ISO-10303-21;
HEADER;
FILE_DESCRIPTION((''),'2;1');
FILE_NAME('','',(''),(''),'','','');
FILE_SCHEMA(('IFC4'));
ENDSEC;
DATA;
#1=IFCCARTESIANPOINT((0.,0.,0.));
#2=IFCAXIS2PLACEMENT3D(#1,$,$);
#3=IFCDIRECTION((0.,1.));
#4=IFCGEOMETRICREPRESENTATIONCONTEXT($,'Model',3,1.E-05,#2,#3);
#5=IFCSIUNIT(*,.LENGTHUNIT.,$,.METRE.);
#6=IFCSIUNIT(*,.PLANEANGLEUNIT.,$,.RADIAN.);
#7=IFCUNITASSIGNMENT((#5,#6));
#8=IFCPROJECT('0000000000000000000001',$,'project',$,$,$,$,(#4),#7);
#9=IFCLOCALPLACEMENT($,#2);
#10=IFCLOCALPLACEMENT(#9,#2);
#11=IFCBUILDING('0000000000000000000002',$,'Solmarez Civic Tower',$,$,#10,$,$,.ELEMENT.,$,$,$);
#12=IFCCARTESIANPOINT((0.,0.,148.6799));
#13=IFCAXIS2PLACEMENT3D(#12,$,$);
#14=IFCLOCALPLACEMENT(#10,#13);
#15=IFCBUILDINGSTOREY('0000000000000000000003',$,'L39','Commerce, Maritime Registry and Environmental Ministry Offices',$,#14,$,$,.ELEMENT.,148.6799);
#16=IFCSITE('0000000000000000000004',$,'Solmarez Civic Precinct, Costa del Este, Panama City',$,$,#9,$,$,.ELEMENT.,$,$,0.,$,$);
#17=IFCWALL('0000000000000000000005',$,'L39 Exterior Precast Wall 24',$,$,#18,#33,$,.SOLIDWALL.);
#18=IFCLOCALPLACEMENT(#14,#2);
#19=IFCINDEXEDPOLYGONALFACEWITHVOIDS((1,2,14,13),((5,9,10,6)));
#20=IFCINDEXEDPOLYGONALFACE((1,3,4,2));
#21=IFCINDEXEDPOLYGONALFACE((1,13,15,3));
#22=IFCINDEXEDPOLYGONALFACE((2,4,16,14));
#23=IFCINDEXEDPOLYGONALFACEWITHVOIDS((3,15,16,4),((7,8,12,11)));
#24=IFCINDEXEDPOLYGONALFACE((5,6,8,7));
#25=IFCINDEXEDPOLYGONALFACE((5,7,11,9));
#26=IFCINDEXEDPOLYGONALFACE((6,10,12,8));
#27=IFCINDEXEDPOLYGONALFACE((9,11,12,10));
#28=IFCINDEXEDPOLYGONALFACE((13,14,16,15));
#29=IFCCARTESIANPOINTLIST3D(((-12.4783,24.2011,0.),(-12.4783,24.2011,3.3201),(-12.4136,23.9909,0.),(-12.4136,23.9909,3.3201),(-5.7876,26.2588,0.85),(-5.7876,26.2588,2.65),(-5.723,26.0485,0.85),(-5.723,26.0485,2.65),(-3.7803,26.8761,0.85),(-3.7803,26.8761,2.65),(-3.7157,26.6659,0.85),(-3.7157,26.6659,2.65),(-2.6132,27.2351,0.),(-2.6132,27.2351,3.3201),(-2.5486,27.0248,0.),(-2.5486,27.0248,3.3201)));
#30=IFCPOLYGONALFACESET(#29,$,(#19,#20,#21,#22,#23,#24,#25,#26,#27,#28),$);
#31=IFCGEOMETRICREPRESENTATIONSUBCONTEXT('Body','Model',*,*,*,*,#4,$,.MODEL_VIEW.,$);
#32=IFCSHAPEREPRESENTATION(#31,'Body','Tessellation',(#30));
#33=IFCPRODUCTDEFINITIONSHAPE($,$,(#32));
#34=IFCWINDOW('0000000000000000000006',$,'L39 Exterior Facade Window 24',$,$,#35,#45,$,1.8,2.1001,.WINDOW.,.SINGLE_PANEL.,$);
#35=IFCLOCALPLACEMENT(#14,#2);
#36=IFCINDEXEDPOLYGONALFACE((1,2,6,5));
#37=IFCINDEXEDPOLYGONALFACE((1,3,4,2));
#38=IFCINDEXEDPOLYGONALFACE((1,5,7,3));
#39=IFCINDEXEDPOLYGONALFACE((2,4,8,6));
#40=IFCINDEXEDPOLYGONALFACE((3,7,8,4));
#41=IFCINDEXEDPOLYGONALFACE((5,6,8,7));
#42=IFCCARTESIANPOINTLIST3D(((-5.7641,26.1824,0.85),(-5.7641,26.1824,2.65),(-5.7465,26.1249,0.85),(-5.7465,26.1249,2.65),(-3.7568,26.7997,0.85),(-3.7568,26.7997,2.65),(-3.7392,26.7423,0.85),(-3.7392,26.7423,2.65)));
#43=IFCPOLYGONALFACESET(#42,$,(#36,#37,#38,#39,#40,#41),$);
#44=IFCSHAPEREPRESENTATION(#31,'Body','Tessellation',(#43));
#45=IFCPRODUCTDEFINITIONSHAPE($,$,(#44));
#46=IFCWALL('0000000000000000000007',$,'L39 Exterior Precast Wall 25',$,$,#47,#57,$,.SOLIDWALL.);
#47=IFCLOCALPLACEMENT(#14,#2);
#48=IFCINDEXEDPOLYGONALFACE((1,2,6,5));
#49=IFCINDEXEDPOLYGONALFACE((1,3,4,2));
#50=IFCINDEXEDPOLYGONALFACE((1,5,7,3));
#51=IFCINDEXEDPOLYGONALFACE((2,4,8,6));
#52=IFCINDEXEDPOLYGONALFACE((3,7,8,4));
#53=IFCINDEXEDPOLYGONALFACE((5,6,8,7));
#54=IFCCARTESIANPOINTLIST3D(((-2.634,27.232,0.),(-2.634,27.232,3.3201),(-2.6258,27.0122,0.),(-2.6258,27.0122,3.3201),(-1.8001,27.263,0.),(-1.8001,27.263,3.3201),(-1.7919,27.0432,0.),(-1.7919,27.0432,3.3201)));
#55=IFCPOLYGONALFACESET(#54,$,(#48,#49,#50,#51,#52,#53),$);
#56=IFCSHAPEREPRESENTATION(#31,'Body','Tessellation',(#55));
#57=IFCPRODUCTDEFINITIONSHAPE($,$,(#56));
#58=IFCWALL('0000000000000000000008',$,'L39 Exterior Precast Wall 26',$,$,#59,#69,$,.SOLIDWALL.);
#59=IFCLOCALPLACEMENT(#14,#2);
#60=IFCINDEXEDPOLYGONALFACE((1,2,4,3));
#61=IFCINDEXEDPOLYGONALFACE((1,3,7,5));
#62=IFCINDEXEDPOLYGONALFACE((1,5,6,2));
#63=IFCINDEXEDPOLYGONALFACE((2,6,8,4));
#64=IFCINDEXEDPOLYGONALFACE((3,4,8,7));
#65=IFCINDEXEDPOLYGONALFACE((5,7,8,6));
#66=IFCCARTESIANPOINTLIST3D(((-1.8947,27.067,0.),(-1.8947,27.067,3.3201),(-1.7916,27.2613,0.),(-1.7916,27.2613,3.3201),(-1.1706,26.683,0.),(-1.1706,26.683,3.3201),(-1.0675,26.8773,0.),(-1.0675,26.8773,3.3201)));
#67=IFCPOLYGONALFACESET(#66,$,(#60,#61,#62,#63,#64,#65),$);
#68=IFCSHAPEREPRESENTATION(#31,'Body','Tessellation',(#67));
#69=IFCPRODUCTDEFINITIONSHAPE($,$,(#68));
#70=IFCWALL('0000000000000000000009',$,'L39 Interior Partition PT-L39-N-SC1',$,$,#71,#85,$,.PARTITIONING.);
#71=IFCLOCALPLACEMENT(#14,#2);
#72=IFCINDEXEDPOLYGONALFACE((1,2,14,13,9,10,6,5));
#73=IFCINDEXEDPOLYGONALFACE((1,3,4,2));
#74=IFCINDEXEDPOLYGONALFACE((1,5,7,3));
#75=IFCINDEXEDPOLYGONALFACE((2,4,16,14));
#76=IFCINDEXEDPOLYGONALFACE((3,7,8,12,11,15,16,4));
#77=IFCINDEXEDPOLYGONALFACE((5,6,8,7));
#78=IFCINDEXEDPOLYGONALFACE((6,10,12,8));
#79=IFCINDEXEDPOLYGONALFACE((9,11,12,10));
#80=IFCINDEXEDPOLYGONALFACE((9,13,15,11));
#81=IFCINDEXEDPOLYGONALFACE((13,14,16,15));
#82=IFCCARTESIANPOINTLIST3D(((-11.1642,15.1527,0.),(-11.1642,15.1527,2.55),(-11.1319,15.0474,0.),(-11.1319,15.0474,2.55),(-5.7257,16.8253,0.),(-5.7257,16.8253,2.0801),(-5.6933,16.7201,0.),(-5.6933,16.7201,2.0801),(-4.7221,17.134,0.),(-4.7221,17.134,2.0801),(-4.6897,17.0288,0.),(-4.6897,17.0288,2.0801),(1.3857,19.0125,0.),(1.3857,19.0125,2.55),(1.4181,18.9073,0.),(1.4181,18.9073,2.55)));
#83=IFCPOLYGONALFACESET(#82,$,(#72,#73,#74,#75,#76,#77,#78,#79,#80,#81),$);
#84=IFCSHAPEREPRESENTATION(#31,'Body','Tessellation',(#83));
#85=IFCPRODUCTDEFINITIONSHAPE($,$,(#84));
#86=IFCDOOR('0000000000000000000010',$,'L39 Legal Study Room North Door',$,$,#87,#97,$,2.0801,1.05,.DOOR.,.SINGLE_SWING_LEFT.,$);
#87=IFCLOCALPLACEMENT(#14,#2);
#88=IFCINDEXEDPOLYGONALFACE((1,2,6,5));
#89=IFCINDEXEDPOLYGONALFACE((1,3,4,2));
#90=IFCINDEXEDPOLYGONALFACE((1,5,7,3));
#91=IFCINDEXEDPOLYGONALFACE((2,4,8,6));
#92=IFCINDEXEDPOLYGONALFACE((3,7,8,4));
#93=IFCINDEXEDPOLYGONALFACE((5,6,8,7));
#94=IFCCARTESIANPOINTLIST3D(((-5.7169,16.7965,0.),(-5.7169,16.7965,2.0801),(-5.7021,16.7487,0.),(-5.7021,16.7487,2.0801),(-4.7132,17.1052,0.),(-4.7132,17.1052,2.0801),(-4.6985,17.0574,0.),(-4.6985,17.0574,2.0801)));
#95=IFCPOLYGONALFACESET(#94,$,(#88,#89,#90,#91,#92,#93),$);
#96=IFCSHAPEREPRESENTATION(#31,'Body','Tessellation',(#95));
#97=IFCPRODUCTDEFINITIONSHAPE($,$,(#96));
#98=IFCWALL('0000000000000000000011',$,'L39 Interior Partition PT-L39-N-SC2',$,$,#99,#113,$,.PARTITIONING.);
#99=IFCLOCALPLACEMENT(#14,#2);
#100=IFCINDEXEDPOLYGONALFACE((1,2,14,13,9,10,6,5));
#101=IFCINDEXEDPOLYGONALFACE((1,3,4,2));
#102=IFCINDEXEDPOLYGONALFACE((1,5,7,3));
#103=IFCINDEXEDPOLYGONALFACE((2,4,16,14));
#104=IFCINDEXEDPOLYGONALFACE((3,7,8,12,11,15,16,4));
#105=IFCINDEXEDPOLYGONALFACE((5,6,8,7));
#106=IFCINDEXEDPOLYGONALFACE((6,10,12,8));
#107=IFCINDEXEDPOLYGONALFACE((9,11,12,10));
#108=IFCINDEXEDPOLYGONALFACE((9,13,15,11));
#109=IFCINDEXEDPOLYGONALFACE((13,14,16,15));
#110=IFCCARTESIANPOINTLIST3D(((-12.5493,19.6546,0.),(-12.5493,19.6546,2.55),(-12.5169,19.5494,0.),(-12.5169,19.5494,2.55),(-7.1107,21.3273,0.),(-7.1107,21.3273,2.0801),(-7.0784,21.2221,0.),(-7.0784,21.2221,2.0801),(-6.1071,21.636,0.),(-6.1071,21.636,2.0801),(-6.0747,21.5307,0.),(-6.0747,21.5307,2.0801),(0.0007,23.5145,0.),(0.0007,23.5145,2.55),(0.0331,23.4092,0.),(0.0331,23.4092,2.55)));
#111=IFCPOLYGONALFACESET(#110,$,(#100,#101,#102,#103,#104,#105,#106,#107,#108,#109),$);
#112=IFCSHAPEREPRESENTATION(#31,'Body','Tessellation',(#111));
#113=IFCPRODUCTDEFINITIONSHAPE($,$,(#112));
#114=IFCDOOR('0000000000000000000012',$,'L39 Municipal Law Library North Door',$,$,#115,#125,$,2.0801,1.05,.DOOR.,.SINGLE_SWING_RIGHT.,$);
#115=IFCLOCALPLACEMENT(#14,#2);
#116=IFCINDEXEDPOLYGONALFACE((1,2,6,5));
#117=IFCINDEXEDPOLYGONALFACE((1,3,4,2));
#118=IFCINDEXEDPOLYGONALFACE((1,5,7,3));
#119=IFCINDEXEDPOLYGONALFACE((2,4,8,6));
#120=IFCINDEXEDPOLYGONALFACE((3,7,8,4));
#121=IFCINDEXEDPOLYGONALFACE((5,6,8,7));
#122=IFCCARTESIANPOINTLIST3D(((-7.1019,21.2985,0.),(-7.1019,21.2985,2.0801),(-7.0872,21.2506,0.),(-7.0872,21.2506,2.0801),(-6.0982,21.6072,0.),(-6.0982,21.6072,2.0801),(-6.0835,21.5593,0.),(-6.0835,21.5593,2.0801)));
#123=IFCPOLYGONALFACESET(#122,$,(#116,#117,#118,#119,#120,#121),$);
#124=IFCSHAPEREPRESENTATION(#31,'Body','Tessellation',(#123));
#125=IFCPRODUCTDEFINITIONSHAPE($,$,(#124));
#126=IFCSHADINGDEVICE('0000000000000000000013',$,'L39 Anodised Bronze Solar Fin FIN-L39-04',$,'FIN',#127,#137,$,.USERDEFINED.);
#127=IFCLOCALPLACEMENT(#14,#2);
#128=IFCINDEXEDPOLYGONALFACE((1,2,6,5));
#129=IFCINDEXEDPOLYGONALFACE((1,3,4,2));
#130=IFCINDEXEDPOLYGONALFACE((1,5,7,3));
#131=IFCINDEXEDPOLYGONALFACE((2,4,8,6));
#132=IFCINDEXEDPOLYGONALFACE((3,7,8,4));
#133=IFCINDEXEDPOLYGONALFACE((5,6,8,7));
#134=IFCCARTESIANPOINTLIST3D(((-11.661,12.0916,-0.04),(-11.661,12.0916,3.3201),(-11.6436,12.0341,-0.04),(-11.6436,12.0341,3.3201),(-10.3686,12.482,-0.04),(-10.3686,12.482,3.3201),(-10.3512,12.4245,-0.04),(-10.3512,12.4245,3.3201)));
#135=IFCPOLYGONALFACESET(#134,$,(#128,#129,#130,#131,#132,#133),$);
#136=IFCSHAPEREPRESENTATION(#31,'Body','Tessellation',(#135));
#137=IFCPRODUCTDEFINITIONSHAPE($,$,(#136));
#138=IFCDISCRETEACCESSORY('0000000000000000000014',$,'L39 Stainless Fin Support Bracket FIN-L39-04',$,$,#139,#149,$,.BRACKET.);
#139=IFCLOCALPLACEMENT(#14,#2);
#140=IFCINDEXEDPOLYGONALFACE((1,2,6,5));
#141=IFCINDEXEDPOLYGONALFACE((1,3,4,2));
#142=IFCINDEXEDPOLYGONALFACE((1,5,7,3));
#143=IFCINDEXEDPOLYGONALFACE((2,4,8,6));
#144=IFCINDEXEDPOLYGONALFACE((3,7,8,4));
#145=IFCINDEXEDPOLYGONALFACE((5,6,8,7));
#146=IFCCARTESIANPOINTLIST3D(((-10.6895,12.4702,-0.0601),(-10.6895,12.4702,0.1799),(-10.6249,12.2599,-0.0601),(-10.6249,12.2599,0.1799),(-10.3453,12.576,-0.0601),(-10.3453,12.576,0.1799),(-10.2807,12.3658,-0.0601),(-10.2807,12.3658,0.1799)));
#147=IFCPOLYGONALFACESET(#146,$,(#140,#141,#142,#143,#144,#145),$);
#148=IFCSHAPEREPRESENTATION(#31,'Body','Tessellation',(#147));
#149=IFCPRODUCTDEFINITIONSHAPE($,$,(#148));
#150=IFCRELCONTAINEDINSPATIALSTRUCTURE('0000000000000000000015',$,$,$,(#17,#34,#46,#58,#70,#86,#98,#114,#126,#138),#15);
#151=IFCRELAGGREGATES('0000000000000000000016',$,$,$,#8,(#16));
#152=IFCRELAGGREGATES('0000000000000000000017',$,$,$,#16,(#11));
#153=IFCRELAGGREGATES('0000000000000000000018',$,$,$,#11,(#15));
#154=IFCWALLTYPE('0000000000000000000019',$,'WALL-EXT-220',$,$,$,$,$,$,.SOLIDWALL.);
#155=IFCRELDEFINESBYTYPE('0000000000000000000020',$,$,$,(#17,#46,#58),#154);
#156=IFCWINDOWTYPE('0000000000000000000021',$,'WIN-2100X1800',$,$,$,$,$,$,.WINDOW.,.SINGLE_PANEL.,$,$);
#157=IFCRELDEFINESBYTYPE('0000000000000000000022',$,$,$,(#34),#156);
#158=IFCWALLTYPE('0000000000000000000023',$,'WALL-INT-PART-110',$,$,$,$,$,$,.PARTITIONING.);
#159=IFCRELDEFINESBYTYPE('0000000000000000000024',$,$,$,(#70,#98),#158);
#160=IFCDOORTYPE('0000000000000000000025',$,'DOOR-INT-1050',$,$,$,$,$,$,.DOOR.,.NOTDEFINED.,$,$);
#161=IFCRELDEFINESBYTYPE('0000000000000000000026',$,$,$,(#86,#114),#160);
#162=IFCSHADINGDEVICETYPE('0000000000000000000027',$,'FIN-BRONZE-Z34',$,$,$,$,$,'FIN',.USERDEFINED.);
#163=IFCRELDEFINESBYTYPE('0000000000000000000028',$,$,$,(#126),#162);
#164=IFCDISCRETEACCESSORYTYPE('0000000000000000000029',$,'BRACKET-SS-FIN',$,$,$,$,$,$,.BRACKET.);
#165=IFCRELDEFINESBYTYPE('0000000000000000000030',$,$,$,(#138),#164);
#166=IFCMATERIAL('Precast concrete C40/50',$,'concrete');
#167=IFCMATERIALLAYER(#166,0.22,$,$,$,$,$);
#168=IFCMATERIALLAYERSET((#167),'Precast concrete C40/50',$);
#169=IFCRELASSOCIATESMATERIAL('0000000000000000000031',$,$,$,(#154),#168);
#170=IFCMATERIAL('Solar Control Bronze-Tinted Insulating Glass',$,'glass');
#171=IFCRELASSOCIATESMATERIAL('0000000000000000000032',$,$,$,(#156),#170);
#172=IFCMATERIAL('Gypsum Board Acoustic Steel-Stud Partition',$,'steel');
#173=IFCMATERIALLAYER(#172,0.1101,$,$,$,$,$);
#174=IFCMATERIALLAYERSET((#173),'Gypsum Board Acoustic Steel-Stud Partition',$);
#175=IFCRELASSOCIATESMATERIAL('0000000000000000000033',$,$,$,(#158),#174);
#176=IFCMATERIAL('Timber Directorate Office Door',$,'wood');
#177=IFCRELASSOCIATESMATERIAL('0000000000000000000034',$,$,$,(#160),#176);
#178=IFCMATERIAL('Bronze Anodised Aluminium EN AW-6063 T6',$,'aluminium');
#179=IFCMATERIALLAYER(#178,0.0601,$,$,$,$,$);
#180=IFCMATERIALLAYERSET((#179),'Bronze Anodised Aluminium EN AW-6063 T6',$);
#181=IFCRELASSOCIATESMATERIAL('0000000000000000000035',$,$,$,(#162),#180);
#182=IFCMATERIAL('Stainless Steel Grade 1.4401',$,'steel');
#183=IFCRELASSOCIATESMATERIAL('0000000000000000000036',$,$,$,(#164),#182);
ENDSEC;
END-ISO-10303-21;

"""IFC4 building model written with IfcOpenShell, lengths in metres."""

from ifc_helpers import new_model, si_unit, direction, frame, frame_2d, origin, origin_2d, place, context, subcontext, project, spatial, rectangle, extrude, material, layer, layer_set, type_object, element, fill, save


model = new_model("IFC4")

# Units and contexts
model_context = context("Model", 3, precision=1e-05, world=origin(), true_north=direction((0.0, 1.0)))
body_context = subcontext(model_context, "Body", "Model", "MODEL_VIEW")
ifc_project = project(units=[si_unit("LENGTHUNIT", "METRE"), si_unit("PLANEANGLEUNIT", "RADIAN")], contexts=[model_context])

# Site, building, storey
site_placement = place(None, origin())
site = spatial("IfcSite", under=ifc_project, at=site_placement, Name="Solmarez Civic Precinct, Costa del Este, Panama City", CompositionType="ELEMENT", RefElevation=0.0)
building_placement = place(site_placement, origin())
building = spatial("IfcBuilding", under=site, at=building_placement, Name="Solmarez Civic Tower", CompositionType="ELEMENT")
storey_placement = place(building_placement, frame((0.0, 0.0, 148.6799)))
storey = spatial("IfcBuildingStorey", under=building, at=storey_placement, Name="L39", Description="Commerce, Maritime Registry and Environmental Ministry Offices", CompositionType="ELEMENT", Elevation=148.6799)

# Shared definitions
ifc_material_1 = material(Name="Precast concrete C40/50", Category="concrete")
ifc_layer_1 = layer(ifc_material_1, 0.22)
ifc_layer_set_1 = layer_set([ifc_layer_1], Name="Precast concrete C40/50")
wall_type_1 = type_object("IfcWallType", Name="WALL-EXT-220", PredefinedType="SOLIDWALL", material=ifc_layer_set_1)
ifc_material_2 = material(Name="Solar Control Bronze-Tinted Insulating Glass", Category="glass")

# Wall, opening, window
wall_1_placement = place(storey_placement, frame((-12.446, 24.0959, 0.0), z_axis=(0.0, 0.0, 1.0), x_axis=(0.955818, 0.293958, 0.0)))
wall_1 = element("IfcWall", 1, at=wall_1_placement, inside=storey, type_object=wall_type_1, Name="L39 Exterior Precast Wall 24", PredefinedType="SOLIDWALL", context=body_context, shape_type="SweptSolid", body=[
    extrude(rectangle(XDim=10.321, YDim=0.22, at=frame_2d((5.1606, 0.0))), origin(), (0.0, 0.0, 1.0), 3.3201),
])
opening_1_placement = place(wall_1_placement, frame((7.0, 0.0, 0.8501)))
opening_1 = element("IfcOpeningElement", 2, at=opening_1_placement, cuts=wall_1, PredefinedType="OPENING", context=body_context, shape_type="SweptSolid", body=[
    extrude(rectangle(XDim=2.1001, YDim=1.8, at=frame_2d((1.05, 0.8999))), frame((0.0, 0.1199, 0.0), z_axis=(0.0, -1.0, 0.0), x_axis=(1.0, 0.0, 0.0)), (0.0, 0.0, 1.0), 0.24),
])
window_type_1 = type_object("IfcWindowType", Name="WIN-2100X1800", PartitioningType="SINGLE_PANEL", PredefinedType="WINDOW", material=ifc_material_2)
window_1_placement = place(opening_1_placement, origin())
window_1 = element("IfcWindow", 3, at=window_1_placement, inside=storey, type_object=window_type_1, Name="L39 Exterior Facade Window 24", OverallHeight=1.8, OverallWidth=2.1001, PartitioningType="SINGLE_PANEL", PredefinedType="WINDOW", context=body_context, shape_type="SweptSolid", body=[
    extrude(rectangle(XDim=2.1001, YDim=1.8, at=frame_2d((1.05, 0.8999))), frame((0.0, 0.03, 0.0), z_axis=(0.0, -1.0, 0.0), x_axis=(1.0, 0.0, 0.0)), (0.0, 0.0, 1.0), 0.0601),
])
fill(opening_1, window_1)

# Walls
wall_2_placement = place(storey_placement, frame((-2.6299, 27.1221, 0.0), z_axis=(0.0, 0.0, 1.0), x_axis=(0.99931, 0.037152, 0.0)))
element("IfcWall", 4, at=wall_2_placement, inside=storey, type_object=wall_type_1, Name="L39 Exterior Precast Wall 25", PredefinedType="SOLIDWALL", context=body_context, shape_type="SweptSolid", body=[
    extrude(rectangle(XDim=0.8345, YDim=0.22, at=frame_2d((0.4172, 0.0))), origin(), (0.0, 0.0, 1.0), 3.3201),
])
wall_3_placement = place(storey_placement, frame((-1.843, 27.1641, 0.0), z_axis=(0.0, 0.0, 1.0), x_axis=(0.883447, -0.468531, 0.0)))
element("IfcWall", 5, at=wall_3_placement, inside=storey, type_object=wall_type_1, Name="L39 Exterior Precast Wall 26", PredefinedType="SOLIDWALL", context=body_context, shape_type="SweptSolid", body=[
    extrude(rectangle(XDim=0.8196, YDim=0.22, at=frame_2d((0.4097, 0.0))), origin(), (0.0, 0.0, 1.0), 3.3201),
])

# Walls, openings, doors
ifc_material_3 = material(Name="Gypsum Board Acoustic Steel-Stud Partition", Category="steel")
ifc_layer_2 = layer(ifc_material_3, 0.1101)
ifc_layer_set_2 = layer_set([ifc_layer_2], Name="Gypsum Board Acoustic Steel-Stud Partition")
wall_type_2 = type_object("IfcWallType", Name="WALL-INT-PART-110", PredefinedType="PARTITIONING", material=ifc_layer_set_2)
wall_4_placement = place(storey_placement, frame((-11.1479, 15.1001, 0.0), z_axis=(0.0, 0.0, 1.0), x_axis=(0.955815, 0.293968, 0.0)))
wall_4 = element("IfcWall", 6, at=wall_4_placement, inside=storey, type_object=wall_type_2, Name="L39 Interior Partition PT-L39-N-SC1", PredefinedType="PARTITIONING", context=body_context, shape_type="SweptSolid", body=[
    extrude(rectangle(XDim=13.1301, YDim=0.1101, at=frame_2d((6.5649, 0.0))), origin(), (0.0, 0.0, 1.0), 2.55),
])
opening_2_placement = place(wall_4_placement, frame((5.6899, 0.0, 0.0)))
opening_2 = element("IfcOpeningElement", 7, at=opening_2_placement, cuts=wall_4, PredefinedType="OPENING", context=body_context, shape_type="SweptSolid", body=[
    extrude(rectangle(XDim=1.05, YDim=2.0801, at=frame_2d((0.5249, 1.04))), frame((0.0, 0.0649, 0.0), z_axis=(0.0, -1.0, 0.0), x_axis=(1.0, 0.0, 0.0)), (0.0, 0.0, 1.0), 0.1301),
])
ifc_material_4 = material(Name="Timber Directorate Office Door", Category="wood")
door_type = type_object("IfcDoorType", Name="DOOR-INT-1050", OperationType="NOTDEFINED", PredefinedType="DOOR", material=ifc_material_4)
door_1_placement = place(opening_2_placement, origin())
door_1 = element("IfcDoor", 8, at=door_1_placement, inside=storey, type_object=door_type, Name="L39 Legal Study Room North Door", OperationType="SINGLE_SWING_LEFT", OverallHeight=2.0801, OverallWidth=1.05, PredefinedType="DOOR", context=body_context, shape_type="SweptSolid", body=[
    extrude(rectangle(XDim=1.05, YDim=2.0801, at=frame_2d((0.5249, 1.04))), frame((0.0, 0.0249, 0.0), z_axis=(0.0, -1.0, 0.0), x_axis=(1.0, 0.0, 0.0)), (0.0, 0.0, 1.0), 0.05),
])
fill(opening_2, door_1)
wall_5_placement = place(storey_placement, frame((-12.533, 19.6021, 0.0), z_axis=(0.0, 0.0, 1.0), x_axis=(0.955815, 0.293968, 0.0)))
wall_5 = element("IfcWall", 9, at=wall_5_placement, inside=storey, type_object=wall_type_2, Name="L39 Interior Partition PT-L39-N-SC2", PredefinedType="PARTITIONING", context=body_context, shape_type="SweptSolid", body=[
    extrude(rectangle(XDim=13.1301, YDim=0.1101, at=frame_2d((6.5649, 0.0))), origin(), (0.0, 0.0, 1.0), 2.55),
])
opening_3_placement = place(wall_5_placement, frame((5.6899, 0.0, 0.0)))
opening_3 = element("IfcOpeningElement", 10, at=opening_3_placement, cuts=wall_5, PredefinedType="OPENING", context=body_context, shape_type="SweptSolid", body=[
    extrude(rectangle(XDim=1.05, YDim=2.0801, at=frame_2d((0.5249, 1.04))), frame((0.0, 0.0649, 0.0), z_axis=(0.0, -1.0, 0.0), x_axis=(1.0, 0.0, 0.0)), (0.0, 0.0, 1.0), 0.1301),
])
door_2_placement = place(opening_3_placement, origin())
door_2 = element("IfcDoor", 11, at=door_2_placement, inside=storey, type_object=door_type, Name="L39 Municipal Law Library North Door", OperationType="SINGLE_SWING_RIGHT", OverallHeight=2.0801, OverallWidth=1.05, PredefinedType="DOOR", context=body_context, shape_type="SweptSolid", body=[
    extrude(rectangle(XDim=1.05, YDim=2.0801, at=frame_2d((0.5249, 1.04))), frame((0.0, 0.0249, 0.0), z_axis=(0.0, -1.0, 0.0), x_axis=(1.0, 0.0, 0.0)), (0.0, 0.0, 1.0), 0.05),
])
fill(opening_3, door_2)

# Shading device
ifc_material_5 = material(Name="Bronze Anodised Aluminium EN AW-6063 T6", Category="aluminium")
ifc_layer_3 = layer(ifc_material_5, 0.0601)
ifc_layer_set_3 = layer_set([ifc_layer_3], Name="Bronze Anodised Aluminium EN AW-6063 T6")
shading_device_type = type_object("IfcShadingDeviceType", Name="FIN-BRONZE-Z34", ElementType="FIN", PredefinedType="USERDEFINED", material=ifc_layer_set_3)
shading_device_placement = place(storey_placement, frame((-11.0061, 12.2581, -0.04), z_axis=(0.0, 0.0, 1.0), x_axis=(-0.957274, -0.289182, 0.0)))
element("IfcShadingDevice", 12, at=shading_device_placement, inside=storey, type_object=shading_device_type, Name="L39 Anodised Bronze Solar Fin FIN-L39-04", ObjectType="FIN", PredefinedType="USERDEFINED", context=body_context, shape_type="SweptSolid", body=[
    extrude(rectangle(XDim=1.3501, YDim=0.0601, at=origin_2d()), origin(), (0.0, 0.0, 1.0), 3.3601),
])

# Discrete accessory
ifc_material_6 = material(Name="Stainless Steel Grade 1.4401", Category="steel")
discrete_accessory_type = type_object("IfcDiscreteAccessoryType", Name="BRACKET-SS-FIN", PredefinedType="BRACKET", material=ifc_material_6)
discrete_accessory_placement = place(storey_placement, frame((-10.4851, 12.418, -0.0601), z_axis=(0.0, 0.0, 1.0), x_axis=(-0.955813, -0.293975, 0.0)))
element("IfcDiscreteAccessory", 13, at=discrete_accessory_placement, inside=storey, type_object=discrete_accessory_type, Name="L39 Stainless Fin Support Bracket FIN-L39-04", PredefinedType="BRACKET", context=body_context, shape_type="SweptSolid", body=[
    extrude(rectangle(XDim=0.3601, YDim=0.22, at=origin_2d()), origin(), (0.0, 0.0, 1.0), 0.24),
])

save(model, "model.ifc")
